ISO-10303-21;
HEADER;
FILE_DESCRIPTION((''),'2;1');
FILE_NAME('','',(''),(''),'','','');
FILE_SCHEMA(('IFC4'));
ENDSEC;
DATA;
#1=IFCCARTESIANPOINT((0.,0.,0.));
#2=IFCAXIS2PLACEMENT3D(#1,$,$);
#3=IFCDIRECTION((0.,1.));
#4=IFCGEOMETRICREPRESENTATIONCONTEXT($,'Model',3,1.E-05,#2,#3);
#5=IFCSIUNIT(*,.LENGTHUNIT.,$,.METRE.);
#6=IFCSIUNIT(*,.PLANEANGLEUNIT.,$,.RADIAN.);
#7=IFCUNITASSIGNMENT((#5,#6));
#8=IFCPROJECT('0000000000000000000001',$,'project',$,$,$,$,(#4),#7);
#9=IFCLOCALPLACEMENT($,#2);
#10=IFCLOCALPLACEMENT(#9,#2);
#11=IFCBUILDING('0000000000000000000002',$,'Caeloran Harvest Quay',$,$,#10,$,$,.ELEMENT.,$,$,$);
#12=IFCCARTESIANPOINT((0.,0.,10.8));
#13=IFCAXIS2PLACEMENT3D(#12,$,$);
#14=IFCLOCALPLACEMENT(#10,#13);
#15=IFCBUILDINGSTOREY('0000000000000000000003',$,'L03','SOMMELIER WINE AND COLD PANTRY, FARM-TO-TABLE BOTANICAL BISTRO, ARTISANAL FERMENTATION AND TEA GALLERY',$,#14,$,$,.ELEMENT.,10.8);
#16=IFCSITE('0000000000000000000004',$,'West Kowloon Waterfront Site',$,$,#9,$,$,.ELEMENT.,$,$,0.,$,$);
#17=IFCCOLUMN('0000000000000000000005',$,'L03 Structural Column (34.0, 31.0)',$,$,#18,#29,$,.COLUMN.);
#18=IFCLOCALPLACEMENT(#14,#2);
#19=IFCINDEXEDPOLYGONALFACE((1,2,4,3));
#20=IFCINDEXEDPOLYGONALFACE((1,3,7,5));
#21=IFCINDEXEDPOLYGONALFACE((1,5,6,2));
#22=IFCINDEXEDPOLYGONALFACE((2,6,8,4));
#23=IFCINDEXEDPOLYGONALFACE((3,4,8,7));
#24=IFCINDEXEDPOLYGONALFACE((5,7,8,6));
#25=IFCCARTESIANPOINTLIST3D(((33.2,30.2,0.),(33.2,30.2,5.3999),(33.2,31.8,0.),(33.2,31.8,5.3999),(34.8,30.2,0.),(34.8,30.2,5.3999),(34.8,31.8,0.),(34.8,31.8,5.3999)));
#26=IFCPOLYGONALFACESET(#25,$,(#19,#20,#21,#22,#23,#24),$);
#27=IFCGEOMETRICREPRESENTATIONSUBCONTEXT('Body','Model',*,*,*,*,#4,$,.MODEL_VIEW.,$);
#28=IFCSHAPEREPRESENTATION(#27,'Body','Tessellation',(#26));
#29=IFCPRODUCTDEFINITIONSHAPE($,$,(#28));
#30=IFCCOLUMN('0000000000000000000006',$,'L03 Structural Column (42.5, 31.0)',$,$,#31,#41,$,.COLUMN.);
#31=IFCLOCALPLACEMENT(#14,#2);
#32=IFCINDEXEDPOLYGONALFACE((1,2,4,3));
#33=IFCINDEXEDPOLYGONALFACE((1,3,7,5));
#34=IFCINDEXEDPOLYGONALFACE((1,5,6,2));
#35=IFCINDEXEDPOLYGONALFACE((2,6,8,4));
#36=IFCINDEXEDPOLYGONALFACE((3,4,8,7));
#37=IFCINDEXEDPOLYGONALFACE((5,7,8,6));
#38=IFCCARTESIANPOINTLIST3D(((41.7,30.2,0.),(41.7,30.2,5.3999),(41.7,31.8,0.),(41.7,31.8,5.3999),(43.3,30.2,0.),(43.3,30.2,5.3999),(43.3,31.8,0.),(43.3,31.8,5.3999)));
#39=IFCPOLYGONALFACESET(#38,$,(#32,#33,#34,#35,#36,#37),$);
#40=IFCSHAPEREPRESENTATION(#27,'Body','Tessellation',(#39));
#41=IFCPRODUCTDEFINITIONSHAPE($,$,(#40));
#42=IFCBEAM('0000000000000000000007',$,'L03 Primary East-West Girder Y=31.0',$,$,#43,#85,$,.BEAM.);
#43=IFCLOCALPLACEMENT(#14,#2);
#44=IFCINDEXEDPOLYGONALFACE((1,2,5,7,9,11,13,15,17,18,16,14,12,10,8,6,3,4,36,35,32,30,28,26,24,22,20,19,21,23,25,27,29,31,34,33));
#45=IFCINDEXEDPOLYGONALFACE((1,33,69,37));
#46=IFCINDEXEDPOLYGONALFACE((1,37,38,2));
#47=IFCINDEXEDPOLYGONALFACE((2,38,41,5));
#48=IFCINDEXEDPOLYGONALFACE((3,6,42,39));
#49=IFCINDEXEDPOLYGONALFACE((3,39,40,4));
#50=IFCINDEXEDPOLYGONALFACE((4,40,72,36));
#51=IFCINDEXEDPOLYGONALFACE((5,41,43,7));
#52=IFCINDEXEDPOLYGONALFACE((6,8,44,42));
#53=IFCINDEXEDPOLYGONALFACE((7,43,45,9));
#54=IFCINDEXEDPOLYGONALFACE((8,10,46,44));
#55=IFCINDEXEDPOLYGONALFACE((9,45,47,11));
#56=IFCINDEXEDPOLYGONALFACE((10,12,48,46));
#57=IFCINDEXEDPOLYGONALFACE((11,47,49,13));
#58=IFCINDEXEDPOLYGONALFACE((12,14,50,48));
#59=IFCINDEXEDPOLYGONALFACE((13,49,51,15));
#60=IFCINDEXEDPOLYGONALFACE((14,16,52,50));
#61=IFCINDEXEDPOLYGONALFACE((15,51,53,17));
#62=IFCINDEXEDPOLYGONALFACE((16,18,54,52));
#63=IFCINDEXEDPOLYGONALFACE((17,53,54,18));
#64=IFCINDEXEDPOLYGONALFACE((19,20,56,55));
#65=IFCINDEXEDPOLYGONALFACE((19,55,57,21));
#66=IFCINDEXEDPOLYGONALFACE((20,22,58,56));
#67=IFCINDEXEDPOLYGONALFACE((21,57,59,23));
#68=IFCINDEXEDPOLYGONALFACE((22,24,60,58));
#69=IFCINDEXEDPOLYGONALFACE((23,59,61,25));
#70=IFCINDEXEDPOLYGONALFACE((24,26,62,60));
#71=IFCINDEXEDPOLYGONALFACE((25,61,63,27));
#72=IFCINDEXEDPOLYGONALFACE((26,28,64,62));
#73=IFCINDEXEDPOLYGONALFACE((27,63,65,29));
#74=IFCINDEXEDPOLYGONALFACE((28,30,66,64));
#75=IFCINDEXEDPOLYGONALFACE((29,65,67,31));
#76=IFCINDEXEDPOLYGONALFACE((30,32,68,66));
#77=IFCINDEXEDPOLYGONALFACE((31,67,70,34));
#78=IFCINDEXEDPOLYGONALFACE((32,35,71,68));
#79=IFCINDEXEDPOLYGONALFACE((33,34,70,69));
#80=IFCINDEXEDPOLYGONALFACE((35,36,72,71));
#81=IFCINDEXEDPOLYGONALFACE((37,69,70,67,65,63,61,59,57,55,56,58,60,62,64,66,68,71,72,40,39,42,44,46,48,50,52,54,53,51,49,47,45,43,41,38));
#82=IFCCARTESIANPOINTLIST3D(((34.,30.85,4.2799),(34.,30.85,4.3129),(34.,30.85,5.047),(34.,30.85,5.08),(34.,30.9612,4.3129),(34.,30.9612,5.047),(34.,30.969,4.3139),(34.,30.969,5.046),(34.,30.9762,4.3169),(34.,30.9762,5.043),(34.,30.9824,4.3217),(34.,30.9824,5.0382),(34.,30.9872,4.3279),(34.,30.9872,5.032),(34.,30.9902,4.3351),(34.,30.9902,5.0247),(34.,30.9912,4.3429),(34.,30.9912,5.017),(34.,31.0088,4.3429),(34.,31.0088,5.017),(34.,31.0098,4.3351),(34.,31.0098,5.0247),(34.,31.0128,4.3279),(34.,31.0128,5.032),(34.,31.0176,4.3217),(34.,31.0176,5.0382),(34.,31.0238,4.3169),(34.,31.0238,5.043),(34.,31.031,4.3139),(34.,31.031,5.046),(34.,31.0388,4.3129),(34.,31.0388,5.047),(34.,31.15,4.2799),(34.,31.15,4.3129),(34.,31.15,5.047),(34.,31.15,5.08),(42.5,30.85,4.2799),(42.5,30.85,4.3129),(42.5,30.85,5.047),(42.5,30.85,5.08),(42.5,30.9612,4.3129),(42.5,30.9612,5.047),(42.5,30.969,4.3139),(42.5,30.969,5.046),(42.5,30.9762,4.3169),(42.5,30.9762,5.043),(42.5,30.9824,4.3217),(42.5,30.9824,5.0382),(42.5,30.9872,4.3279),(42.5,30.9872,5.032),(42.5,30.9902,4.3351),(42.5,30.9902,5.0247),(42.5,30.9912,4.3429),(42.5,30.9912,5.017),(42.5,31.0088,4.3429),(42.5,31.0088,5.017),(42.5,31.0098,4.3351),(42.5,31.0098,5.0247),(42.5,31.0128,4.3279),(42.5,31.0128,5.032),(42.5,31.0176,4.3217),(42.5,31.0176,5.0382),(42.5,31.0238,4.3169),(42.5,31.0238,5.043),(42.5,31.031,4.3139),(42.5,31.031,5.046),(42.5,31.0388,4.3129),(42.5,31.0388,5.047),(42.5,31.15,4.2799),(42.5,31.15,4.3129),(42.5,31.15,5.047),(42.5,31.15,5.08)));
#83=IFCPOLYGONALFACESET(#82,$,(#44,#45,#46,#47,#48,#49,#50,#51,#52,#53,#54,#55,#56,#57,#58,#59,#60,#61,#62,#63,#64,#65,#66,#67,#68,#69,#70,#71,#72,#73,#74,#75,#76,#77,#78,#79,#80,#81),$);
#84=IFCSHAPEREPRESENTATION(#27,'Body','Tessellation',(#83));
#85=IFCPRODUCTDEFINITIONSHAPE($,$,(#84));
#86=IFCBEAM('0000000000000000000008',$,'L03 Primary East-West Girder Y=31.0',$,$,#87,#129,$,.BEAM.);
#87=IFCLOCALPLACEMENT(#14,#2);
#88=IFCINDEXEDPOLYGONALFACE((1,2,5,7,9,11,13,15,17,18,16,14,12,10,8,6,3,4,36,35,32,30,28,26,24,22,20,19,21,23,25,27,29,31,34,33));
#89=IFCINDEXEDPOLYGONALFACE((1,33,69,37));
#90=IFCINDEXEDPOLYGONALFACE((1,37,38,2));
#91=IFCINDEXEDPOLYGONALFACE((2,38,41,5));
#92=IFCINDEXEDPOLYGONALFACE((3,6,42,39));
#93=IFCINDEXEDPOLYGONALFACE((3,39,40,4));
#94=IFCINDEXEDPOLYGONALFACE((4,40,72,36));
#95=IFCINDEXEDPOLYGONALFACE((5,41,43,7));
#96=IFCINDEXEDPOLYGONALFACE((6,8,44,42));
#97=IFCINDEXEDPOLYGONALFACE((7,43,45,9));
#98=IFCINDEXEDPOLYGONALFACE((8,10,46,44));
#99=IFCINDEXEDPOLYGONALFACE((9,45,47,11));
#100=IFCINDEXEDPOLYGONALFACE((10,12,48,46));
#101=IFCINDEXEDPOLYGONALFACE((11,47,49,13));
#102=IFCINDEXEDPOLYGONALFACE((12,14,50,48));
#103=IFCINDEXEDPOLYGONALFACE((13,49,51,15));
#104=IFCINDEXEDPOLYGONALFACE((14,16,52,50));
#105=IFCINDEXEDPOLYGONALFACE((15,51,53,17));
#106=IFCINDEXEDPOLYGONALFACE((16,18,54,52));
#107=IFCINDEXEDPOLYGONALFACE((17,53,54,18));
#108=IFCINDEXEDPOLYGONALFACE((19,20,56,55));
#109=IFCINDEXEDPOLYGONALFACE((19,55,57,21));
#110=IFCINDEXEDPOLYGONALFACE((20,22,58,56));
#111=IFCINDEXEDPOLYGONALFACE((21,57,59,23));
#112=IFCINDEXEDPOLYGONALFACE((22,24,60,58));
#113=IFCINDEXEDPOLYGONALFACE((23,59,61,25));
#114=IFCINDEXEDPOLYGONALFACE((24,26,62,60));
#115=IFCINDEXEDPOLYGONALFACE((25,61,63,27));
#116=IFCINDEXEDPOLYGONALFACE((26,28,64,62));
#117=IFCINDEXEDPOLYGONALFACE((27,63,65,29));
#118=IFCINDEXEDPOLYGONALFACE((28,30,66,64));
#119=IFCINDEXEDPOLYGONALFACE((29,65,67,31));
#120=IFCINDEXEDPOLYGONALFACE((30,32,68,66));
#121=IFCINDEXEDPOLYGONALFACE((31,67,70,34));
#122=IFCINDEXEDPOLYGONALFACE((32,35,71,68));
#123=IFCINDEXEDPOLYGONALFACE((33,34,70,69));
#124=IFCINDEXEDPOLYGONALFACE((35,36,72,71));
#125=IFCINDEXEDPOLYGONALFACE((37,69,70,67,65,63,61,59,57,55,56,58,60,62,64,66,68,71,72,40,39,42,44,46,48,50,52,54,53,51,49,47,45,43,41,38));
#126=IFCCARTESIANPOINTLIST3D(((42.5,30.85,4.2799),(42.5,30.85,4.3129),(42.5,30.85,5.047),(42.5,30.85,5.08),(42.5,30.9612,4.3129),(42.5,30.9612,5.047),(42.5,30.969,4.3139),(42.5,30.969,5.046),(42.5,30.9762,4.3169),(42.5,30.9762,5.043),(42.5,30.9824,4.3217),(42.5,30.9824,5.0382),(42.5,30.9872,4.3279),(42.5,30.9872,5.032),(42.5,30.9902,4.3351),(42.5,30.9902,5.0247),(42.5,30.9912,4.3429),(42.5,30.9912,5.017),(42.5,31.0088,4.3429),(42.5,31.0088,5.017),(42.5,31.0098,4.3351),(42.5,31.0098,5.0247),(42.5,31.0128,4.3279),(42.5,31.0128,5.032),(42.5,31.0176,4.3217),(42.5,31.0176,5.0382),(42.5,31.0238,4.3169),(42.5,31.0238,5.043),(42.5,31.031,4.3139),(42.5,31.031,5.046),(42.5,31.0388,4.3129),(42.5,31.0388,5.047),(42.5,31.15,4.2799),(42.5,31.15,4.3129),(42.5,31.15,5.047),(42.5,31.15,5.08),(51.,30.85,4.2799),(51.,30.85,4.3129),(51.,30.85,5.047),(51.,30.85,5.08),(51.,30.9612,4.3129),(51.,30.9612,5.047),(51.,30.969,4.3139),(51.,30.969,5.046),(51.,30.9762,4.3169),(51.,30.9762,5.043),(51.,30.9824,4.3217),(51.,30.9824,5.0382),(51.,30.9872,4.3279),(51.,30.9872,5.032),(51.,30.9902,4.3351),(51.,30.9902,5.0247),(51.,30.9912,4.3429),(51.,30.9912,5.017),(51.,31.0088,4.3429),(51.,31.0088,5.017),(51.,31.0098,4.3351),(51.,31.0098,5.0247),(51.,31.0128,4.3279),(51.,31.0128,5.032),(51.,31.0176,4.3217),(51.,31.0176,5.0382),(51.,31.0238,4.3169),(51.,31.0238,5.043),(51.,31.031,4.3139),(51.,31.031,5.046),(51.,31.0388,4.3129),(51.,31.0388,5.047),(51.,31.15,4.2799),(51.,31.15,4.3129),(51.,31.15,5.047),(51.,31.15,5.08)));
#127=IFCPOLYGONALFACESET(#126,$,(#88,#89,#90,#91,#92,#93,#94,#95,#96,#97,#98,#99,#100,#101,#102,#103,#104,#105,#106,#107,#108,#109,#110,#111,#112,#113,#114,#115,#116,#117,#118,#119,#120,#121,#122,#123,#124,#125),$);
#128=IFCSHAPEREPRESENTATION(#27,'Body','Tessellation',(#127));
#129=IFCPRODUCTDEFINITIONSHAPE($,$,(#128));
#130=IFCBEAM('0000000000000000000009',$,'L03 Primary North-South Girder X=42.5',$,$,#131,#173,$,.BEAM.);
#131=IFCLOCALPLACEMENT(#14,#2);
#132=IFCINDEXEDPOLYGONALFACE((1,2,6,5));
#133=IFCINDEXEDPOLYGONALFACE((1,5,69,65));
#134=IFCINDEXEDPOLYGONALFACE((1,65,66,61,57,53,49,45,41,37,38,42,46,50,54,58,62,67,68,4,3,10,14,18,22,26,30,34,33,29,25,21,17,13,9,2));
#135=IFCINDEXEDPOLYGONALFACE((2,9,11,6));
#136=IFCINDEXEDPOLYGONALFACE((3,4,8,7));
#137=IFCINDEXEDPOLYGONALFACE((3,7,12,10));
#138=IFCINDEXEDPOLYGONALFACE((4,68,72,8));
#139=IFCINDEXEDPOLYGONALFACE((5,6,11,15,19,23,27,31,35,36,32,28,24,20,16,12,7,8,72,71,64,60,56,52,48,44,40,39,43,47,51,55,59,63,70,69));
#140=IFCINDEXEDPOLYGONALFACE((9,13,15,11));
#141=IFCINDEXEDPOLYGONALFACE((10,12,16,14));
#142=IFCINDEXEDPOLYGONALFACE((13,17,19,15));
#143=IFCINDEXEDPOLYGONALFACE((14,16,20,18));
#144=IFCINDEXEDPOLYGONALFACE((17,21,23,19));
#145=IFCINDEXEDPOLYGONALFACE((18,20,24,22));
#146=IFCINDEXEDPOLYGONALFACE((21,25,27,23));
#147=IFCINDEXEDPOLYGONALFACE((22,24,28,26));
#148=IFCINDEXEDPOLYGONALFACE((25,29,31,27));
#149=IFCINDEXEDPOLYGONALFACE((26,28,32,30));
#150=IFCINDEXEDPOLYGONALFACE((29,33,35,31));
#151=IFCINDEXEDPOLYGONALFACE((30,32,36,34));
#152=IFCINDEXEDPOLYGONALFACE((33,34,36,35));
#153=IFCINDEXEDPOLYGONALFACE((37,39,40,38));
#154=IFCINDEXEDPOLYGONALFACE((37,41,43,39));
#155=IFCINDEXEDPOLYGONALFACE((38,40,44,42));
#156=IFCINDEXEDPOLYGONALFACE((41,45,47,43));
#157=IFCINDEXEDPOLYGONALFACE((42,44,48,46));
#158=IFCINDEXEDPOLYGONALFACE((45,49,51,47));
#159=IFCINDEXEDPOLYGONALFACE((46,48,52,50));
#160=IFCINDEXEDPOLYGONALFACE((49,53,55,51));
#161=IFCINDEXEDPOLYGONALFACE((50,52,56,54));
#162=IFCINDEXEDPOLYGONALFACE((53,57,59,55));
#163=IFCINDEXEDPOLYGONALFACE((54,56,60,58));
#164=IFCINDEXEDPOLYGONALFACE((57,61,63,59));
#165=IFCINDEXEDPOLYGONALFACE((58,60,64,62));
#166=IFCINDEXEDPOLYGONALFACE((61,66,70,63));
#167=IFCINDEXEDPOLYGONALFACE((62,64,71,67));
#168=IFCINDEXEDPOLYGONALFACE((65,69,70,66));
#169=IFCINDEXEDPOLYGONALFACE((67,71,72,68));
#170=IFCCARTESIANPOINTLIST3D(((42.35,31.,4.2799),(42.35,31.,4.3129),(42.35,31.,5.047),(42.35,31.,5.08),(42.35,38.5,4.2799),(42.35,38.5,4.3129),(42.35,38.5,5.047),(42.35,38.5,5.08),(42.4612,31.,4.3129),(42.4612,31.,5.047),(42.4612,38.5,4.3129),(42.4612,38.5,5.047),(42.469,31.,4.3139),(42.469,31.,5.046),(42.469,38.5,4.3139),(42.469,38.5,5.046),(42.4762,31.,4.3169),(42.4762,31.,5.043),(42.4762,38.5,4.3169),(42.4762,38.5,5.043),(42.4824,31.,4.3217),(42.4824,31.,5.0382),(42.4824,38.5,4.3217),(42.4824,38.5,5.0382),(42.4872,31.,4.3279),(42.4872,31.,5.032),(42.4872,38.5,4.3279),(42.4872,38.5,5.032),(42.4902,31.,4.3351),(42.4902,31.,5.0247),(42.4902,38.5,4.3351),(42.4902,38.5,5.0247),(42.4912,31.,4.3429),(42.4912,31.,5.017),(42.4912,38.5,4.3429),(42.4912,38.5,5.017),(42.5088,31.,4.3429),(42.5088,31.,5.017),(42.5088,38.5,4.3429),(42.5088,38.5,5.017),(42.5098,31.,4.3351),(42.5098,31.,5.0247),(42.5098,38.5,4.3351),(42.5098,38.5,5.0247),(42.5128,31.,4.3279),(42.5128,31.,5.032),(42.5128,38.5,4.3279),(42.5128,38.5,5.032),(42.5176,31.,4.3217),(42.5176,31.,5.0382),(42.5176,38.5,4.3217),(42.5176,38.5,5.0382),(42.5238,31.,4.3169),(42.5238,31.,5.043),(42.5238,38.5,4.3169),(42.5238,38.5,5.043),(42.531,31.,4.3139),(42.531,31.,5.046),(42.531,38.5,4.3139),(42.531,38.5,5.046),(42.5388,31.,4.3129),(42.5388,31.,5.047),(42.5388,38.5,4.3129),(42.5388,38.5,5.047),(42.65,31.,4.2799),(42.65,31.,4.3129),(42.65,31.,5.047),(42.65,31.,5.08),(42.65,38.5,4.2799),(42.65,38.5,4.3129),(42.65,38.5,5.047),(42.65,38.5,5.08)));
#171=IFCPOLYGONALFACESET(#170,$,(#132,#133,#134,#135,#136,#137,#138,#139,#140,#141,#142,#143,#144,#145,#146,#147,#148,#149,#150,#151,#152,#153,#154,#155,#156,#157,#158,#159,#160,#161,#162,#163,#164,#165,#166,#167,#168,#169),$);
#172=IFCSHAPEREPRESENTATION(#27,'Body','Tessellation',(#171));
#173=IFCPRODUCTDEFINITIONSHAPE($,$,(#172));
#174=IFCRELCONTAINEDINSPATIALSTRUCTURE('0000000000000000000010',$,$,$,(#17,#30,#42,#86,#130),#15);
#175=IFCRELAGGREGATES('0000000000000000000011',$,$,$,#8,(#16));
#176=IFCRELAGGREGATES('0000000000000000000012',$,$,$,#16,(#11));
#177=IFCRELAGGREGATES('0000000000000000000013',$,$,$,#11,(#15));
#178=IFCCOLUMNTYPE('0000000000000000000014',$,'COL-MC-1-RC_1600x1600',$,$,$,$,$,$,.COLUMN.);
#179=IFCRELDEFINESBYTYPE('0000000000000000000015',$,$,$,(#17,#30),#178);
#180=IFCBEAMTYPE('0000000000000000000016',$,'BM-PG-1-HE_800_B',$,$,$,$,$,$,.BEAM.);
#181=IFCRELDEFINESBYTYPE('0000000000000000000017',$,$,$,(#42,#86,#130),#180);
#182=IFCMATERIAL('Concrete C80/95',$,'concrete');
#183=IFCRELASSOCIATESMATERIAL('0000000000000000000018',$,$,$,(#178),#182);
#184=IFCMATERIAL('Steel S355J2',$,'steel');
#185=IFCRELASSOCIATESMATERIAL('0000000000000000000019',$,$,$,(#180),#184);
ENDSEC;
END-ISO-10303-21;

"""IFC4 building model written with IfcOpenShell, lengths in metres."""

from ifc_helpers import new_model, si_unit, direction, frame, origin, origin_2d, place, context, subcontext, project, spatial, rectangle, i_section, extrude, material, material_profile, profile_set, type_object, element, save


model = new_model("IFC4")

# Units and contexts
model_context = context("Model", 3, precision=1e-05, world=origin(), true_north=direction((0.0, 1.0)))
body_context = subcontext(model_context, "Body", "Model", "MODEL_VIEW")
ifc_project = project(units=[si_unit("LENGTHUNIT", "METRE"), si_unit("PLANEANGLEUNIT", "RADIAN")], contexts=[model_context])

# Site, building, storey
site_placement = place(None, origin())
site = spatial("IfcSite", under=ifc_project, at=site_placement, Name="West Kowloon Waterfront Site", CompositionType="ELEMENT", RefElevation=0.0)
building_placement = place(site_placement, origin())
building = spatial("IfcBuilding", under=site, at=building_placement, Name="Caeloran Harvest Quay", CompositionType="ELEMENT")
storey_placement = place(building_placement, frame((0.0, 0.0, 10.8)))
storey = spatial("IfcBuildingStorey", under=building, at=storey_placement, Name="L03", Description="SOMMELIER WINE AND COLD PANTRY, FARM-TO-TABLE BOTANICAL BISTRO, ARTISANAL FERMENTATION AND TEA GALLERY", CompositionType="ELEMENT", Elevation=10.8)

# Columns
ifc_material_1 = material(Name="Concrete C80/95", Category="concrete")
ifc_material_profile_1 = material_profile(ifc_material_1, rectangle(XDim=1.6001, YDim=1.6001, at=origin_2d()), Name="RC 1600x1600")
ifc_profile_set_1 = profile_set([ifc_material_profile_1], Name="Concrete C80/95")
column_type = type_object("IfcColumnType", Name="COL-MC-1-RC_1600x1600", PredefinedType="COLUMN", material=ifc_profile_set_1)
for number, where, z_axis, x_axis, name in (
    (1, (34.0, 31.0, 0.0), (0.0, 0.0, 1.0), (1.0, 0.0, 0.0), "L03 Structural Column (34.0, 31.0)"),
    (2, (42.5, 31.0, 0.0), (0.0, 0.0, 1.0), (1.0, 0.0, 0.0), "L03 Structural Column (42.5, 31.0)"),
):
    element("IfcColumn", number, at=place(storey_placement, frame(where, z_axis=z_axis, x_axis=x_axis)), inside=storey, type_object=column_type, Name=name, PredefinedType="COLUMN", context=body_context, shape_type="SweptSolid", body=[
        extrude(rectangle(XDim=1.6001, YDim=1.6001, at=origin_2d()), origin(), (0.0, 0.0, 1.0), 5.3999),
    ])

# Beams
ifc_material_2 = material(Name="Steel S355J2", Category="steel")
ifc_material_profile_2 = material_profile(ifc_material_2, i_section(OverallWidth=0.3, OverallDepth=0.8, WebThickness=0.0176, FlangeThickness=0.033, FilletRadius=0.03, at=origin_2d()), Name="HE 800 B")
ifc_profile_set_2 = profile_set([ifc_material_profile_2], Name="Steel S355J2")
beam_type_1 = type_object("IfcBeamType", Name="BM-PG-1-HE_800_B", PredefinedType="BEAM", material=ifc_profile_set_2)
for number, where, z_axis, x_axis, name in (
    (3, (34.0, 31.0, 4.6799), (1.0, 0.0, 0.0), (0.0, 1.0, 0.0), "L03 Primary East-West Girder Y=31.0"),
    (4, (42.5, 31.0, 4.6799), (1.0, 0.0, 0.0), (0.0, 1.0, 0.0), "L03 Primary East-West Girder Y=31.0"),
):
    element("IfcBeam", number, at=place(storey_placement, frame(where, z_axis=z_axis, x_axis=x_axis)), inside=storey, type_object=beam_type_1, Name=name, PredefinedType="BEAM", context=body_context, shape_type="SweptSolid", body=[
        extrude(i_section(OverallWidth=0.3, OverallDepth=0.8, WebThickness=0.0176, FlangeThickness=0.033, FilletRadius=0.03, at=origin_2d()), origin(), (0.0, 0.0, 1.0), 8.5),
    ])
beam_placement = place(storey_placement, frame((42.5, 31.0, 4.6799), z_axis=(0.0, 1.0, 0.0), x_axis=(-1.0, 0.0, 0.0)))
element("IfcBeam", 5, at=beam_placement, inside=storey, type_object=beam_type_1, Name="L03 Primary North-South Girder X=42.5", PredefinedType="BEAM", context=body_context, shape_type="SweptSolid", body=[
    extrude(i_section(OverallWidth=0.3, OverallDepth=0.8, WebThickness=0.0176, FlangeThickness=0.033, FilletRadius=0.03, at=origin_2d()), origin(), (0.0, 0.0, 1.0), 7.5),
])

save(model, "model.ifc")
